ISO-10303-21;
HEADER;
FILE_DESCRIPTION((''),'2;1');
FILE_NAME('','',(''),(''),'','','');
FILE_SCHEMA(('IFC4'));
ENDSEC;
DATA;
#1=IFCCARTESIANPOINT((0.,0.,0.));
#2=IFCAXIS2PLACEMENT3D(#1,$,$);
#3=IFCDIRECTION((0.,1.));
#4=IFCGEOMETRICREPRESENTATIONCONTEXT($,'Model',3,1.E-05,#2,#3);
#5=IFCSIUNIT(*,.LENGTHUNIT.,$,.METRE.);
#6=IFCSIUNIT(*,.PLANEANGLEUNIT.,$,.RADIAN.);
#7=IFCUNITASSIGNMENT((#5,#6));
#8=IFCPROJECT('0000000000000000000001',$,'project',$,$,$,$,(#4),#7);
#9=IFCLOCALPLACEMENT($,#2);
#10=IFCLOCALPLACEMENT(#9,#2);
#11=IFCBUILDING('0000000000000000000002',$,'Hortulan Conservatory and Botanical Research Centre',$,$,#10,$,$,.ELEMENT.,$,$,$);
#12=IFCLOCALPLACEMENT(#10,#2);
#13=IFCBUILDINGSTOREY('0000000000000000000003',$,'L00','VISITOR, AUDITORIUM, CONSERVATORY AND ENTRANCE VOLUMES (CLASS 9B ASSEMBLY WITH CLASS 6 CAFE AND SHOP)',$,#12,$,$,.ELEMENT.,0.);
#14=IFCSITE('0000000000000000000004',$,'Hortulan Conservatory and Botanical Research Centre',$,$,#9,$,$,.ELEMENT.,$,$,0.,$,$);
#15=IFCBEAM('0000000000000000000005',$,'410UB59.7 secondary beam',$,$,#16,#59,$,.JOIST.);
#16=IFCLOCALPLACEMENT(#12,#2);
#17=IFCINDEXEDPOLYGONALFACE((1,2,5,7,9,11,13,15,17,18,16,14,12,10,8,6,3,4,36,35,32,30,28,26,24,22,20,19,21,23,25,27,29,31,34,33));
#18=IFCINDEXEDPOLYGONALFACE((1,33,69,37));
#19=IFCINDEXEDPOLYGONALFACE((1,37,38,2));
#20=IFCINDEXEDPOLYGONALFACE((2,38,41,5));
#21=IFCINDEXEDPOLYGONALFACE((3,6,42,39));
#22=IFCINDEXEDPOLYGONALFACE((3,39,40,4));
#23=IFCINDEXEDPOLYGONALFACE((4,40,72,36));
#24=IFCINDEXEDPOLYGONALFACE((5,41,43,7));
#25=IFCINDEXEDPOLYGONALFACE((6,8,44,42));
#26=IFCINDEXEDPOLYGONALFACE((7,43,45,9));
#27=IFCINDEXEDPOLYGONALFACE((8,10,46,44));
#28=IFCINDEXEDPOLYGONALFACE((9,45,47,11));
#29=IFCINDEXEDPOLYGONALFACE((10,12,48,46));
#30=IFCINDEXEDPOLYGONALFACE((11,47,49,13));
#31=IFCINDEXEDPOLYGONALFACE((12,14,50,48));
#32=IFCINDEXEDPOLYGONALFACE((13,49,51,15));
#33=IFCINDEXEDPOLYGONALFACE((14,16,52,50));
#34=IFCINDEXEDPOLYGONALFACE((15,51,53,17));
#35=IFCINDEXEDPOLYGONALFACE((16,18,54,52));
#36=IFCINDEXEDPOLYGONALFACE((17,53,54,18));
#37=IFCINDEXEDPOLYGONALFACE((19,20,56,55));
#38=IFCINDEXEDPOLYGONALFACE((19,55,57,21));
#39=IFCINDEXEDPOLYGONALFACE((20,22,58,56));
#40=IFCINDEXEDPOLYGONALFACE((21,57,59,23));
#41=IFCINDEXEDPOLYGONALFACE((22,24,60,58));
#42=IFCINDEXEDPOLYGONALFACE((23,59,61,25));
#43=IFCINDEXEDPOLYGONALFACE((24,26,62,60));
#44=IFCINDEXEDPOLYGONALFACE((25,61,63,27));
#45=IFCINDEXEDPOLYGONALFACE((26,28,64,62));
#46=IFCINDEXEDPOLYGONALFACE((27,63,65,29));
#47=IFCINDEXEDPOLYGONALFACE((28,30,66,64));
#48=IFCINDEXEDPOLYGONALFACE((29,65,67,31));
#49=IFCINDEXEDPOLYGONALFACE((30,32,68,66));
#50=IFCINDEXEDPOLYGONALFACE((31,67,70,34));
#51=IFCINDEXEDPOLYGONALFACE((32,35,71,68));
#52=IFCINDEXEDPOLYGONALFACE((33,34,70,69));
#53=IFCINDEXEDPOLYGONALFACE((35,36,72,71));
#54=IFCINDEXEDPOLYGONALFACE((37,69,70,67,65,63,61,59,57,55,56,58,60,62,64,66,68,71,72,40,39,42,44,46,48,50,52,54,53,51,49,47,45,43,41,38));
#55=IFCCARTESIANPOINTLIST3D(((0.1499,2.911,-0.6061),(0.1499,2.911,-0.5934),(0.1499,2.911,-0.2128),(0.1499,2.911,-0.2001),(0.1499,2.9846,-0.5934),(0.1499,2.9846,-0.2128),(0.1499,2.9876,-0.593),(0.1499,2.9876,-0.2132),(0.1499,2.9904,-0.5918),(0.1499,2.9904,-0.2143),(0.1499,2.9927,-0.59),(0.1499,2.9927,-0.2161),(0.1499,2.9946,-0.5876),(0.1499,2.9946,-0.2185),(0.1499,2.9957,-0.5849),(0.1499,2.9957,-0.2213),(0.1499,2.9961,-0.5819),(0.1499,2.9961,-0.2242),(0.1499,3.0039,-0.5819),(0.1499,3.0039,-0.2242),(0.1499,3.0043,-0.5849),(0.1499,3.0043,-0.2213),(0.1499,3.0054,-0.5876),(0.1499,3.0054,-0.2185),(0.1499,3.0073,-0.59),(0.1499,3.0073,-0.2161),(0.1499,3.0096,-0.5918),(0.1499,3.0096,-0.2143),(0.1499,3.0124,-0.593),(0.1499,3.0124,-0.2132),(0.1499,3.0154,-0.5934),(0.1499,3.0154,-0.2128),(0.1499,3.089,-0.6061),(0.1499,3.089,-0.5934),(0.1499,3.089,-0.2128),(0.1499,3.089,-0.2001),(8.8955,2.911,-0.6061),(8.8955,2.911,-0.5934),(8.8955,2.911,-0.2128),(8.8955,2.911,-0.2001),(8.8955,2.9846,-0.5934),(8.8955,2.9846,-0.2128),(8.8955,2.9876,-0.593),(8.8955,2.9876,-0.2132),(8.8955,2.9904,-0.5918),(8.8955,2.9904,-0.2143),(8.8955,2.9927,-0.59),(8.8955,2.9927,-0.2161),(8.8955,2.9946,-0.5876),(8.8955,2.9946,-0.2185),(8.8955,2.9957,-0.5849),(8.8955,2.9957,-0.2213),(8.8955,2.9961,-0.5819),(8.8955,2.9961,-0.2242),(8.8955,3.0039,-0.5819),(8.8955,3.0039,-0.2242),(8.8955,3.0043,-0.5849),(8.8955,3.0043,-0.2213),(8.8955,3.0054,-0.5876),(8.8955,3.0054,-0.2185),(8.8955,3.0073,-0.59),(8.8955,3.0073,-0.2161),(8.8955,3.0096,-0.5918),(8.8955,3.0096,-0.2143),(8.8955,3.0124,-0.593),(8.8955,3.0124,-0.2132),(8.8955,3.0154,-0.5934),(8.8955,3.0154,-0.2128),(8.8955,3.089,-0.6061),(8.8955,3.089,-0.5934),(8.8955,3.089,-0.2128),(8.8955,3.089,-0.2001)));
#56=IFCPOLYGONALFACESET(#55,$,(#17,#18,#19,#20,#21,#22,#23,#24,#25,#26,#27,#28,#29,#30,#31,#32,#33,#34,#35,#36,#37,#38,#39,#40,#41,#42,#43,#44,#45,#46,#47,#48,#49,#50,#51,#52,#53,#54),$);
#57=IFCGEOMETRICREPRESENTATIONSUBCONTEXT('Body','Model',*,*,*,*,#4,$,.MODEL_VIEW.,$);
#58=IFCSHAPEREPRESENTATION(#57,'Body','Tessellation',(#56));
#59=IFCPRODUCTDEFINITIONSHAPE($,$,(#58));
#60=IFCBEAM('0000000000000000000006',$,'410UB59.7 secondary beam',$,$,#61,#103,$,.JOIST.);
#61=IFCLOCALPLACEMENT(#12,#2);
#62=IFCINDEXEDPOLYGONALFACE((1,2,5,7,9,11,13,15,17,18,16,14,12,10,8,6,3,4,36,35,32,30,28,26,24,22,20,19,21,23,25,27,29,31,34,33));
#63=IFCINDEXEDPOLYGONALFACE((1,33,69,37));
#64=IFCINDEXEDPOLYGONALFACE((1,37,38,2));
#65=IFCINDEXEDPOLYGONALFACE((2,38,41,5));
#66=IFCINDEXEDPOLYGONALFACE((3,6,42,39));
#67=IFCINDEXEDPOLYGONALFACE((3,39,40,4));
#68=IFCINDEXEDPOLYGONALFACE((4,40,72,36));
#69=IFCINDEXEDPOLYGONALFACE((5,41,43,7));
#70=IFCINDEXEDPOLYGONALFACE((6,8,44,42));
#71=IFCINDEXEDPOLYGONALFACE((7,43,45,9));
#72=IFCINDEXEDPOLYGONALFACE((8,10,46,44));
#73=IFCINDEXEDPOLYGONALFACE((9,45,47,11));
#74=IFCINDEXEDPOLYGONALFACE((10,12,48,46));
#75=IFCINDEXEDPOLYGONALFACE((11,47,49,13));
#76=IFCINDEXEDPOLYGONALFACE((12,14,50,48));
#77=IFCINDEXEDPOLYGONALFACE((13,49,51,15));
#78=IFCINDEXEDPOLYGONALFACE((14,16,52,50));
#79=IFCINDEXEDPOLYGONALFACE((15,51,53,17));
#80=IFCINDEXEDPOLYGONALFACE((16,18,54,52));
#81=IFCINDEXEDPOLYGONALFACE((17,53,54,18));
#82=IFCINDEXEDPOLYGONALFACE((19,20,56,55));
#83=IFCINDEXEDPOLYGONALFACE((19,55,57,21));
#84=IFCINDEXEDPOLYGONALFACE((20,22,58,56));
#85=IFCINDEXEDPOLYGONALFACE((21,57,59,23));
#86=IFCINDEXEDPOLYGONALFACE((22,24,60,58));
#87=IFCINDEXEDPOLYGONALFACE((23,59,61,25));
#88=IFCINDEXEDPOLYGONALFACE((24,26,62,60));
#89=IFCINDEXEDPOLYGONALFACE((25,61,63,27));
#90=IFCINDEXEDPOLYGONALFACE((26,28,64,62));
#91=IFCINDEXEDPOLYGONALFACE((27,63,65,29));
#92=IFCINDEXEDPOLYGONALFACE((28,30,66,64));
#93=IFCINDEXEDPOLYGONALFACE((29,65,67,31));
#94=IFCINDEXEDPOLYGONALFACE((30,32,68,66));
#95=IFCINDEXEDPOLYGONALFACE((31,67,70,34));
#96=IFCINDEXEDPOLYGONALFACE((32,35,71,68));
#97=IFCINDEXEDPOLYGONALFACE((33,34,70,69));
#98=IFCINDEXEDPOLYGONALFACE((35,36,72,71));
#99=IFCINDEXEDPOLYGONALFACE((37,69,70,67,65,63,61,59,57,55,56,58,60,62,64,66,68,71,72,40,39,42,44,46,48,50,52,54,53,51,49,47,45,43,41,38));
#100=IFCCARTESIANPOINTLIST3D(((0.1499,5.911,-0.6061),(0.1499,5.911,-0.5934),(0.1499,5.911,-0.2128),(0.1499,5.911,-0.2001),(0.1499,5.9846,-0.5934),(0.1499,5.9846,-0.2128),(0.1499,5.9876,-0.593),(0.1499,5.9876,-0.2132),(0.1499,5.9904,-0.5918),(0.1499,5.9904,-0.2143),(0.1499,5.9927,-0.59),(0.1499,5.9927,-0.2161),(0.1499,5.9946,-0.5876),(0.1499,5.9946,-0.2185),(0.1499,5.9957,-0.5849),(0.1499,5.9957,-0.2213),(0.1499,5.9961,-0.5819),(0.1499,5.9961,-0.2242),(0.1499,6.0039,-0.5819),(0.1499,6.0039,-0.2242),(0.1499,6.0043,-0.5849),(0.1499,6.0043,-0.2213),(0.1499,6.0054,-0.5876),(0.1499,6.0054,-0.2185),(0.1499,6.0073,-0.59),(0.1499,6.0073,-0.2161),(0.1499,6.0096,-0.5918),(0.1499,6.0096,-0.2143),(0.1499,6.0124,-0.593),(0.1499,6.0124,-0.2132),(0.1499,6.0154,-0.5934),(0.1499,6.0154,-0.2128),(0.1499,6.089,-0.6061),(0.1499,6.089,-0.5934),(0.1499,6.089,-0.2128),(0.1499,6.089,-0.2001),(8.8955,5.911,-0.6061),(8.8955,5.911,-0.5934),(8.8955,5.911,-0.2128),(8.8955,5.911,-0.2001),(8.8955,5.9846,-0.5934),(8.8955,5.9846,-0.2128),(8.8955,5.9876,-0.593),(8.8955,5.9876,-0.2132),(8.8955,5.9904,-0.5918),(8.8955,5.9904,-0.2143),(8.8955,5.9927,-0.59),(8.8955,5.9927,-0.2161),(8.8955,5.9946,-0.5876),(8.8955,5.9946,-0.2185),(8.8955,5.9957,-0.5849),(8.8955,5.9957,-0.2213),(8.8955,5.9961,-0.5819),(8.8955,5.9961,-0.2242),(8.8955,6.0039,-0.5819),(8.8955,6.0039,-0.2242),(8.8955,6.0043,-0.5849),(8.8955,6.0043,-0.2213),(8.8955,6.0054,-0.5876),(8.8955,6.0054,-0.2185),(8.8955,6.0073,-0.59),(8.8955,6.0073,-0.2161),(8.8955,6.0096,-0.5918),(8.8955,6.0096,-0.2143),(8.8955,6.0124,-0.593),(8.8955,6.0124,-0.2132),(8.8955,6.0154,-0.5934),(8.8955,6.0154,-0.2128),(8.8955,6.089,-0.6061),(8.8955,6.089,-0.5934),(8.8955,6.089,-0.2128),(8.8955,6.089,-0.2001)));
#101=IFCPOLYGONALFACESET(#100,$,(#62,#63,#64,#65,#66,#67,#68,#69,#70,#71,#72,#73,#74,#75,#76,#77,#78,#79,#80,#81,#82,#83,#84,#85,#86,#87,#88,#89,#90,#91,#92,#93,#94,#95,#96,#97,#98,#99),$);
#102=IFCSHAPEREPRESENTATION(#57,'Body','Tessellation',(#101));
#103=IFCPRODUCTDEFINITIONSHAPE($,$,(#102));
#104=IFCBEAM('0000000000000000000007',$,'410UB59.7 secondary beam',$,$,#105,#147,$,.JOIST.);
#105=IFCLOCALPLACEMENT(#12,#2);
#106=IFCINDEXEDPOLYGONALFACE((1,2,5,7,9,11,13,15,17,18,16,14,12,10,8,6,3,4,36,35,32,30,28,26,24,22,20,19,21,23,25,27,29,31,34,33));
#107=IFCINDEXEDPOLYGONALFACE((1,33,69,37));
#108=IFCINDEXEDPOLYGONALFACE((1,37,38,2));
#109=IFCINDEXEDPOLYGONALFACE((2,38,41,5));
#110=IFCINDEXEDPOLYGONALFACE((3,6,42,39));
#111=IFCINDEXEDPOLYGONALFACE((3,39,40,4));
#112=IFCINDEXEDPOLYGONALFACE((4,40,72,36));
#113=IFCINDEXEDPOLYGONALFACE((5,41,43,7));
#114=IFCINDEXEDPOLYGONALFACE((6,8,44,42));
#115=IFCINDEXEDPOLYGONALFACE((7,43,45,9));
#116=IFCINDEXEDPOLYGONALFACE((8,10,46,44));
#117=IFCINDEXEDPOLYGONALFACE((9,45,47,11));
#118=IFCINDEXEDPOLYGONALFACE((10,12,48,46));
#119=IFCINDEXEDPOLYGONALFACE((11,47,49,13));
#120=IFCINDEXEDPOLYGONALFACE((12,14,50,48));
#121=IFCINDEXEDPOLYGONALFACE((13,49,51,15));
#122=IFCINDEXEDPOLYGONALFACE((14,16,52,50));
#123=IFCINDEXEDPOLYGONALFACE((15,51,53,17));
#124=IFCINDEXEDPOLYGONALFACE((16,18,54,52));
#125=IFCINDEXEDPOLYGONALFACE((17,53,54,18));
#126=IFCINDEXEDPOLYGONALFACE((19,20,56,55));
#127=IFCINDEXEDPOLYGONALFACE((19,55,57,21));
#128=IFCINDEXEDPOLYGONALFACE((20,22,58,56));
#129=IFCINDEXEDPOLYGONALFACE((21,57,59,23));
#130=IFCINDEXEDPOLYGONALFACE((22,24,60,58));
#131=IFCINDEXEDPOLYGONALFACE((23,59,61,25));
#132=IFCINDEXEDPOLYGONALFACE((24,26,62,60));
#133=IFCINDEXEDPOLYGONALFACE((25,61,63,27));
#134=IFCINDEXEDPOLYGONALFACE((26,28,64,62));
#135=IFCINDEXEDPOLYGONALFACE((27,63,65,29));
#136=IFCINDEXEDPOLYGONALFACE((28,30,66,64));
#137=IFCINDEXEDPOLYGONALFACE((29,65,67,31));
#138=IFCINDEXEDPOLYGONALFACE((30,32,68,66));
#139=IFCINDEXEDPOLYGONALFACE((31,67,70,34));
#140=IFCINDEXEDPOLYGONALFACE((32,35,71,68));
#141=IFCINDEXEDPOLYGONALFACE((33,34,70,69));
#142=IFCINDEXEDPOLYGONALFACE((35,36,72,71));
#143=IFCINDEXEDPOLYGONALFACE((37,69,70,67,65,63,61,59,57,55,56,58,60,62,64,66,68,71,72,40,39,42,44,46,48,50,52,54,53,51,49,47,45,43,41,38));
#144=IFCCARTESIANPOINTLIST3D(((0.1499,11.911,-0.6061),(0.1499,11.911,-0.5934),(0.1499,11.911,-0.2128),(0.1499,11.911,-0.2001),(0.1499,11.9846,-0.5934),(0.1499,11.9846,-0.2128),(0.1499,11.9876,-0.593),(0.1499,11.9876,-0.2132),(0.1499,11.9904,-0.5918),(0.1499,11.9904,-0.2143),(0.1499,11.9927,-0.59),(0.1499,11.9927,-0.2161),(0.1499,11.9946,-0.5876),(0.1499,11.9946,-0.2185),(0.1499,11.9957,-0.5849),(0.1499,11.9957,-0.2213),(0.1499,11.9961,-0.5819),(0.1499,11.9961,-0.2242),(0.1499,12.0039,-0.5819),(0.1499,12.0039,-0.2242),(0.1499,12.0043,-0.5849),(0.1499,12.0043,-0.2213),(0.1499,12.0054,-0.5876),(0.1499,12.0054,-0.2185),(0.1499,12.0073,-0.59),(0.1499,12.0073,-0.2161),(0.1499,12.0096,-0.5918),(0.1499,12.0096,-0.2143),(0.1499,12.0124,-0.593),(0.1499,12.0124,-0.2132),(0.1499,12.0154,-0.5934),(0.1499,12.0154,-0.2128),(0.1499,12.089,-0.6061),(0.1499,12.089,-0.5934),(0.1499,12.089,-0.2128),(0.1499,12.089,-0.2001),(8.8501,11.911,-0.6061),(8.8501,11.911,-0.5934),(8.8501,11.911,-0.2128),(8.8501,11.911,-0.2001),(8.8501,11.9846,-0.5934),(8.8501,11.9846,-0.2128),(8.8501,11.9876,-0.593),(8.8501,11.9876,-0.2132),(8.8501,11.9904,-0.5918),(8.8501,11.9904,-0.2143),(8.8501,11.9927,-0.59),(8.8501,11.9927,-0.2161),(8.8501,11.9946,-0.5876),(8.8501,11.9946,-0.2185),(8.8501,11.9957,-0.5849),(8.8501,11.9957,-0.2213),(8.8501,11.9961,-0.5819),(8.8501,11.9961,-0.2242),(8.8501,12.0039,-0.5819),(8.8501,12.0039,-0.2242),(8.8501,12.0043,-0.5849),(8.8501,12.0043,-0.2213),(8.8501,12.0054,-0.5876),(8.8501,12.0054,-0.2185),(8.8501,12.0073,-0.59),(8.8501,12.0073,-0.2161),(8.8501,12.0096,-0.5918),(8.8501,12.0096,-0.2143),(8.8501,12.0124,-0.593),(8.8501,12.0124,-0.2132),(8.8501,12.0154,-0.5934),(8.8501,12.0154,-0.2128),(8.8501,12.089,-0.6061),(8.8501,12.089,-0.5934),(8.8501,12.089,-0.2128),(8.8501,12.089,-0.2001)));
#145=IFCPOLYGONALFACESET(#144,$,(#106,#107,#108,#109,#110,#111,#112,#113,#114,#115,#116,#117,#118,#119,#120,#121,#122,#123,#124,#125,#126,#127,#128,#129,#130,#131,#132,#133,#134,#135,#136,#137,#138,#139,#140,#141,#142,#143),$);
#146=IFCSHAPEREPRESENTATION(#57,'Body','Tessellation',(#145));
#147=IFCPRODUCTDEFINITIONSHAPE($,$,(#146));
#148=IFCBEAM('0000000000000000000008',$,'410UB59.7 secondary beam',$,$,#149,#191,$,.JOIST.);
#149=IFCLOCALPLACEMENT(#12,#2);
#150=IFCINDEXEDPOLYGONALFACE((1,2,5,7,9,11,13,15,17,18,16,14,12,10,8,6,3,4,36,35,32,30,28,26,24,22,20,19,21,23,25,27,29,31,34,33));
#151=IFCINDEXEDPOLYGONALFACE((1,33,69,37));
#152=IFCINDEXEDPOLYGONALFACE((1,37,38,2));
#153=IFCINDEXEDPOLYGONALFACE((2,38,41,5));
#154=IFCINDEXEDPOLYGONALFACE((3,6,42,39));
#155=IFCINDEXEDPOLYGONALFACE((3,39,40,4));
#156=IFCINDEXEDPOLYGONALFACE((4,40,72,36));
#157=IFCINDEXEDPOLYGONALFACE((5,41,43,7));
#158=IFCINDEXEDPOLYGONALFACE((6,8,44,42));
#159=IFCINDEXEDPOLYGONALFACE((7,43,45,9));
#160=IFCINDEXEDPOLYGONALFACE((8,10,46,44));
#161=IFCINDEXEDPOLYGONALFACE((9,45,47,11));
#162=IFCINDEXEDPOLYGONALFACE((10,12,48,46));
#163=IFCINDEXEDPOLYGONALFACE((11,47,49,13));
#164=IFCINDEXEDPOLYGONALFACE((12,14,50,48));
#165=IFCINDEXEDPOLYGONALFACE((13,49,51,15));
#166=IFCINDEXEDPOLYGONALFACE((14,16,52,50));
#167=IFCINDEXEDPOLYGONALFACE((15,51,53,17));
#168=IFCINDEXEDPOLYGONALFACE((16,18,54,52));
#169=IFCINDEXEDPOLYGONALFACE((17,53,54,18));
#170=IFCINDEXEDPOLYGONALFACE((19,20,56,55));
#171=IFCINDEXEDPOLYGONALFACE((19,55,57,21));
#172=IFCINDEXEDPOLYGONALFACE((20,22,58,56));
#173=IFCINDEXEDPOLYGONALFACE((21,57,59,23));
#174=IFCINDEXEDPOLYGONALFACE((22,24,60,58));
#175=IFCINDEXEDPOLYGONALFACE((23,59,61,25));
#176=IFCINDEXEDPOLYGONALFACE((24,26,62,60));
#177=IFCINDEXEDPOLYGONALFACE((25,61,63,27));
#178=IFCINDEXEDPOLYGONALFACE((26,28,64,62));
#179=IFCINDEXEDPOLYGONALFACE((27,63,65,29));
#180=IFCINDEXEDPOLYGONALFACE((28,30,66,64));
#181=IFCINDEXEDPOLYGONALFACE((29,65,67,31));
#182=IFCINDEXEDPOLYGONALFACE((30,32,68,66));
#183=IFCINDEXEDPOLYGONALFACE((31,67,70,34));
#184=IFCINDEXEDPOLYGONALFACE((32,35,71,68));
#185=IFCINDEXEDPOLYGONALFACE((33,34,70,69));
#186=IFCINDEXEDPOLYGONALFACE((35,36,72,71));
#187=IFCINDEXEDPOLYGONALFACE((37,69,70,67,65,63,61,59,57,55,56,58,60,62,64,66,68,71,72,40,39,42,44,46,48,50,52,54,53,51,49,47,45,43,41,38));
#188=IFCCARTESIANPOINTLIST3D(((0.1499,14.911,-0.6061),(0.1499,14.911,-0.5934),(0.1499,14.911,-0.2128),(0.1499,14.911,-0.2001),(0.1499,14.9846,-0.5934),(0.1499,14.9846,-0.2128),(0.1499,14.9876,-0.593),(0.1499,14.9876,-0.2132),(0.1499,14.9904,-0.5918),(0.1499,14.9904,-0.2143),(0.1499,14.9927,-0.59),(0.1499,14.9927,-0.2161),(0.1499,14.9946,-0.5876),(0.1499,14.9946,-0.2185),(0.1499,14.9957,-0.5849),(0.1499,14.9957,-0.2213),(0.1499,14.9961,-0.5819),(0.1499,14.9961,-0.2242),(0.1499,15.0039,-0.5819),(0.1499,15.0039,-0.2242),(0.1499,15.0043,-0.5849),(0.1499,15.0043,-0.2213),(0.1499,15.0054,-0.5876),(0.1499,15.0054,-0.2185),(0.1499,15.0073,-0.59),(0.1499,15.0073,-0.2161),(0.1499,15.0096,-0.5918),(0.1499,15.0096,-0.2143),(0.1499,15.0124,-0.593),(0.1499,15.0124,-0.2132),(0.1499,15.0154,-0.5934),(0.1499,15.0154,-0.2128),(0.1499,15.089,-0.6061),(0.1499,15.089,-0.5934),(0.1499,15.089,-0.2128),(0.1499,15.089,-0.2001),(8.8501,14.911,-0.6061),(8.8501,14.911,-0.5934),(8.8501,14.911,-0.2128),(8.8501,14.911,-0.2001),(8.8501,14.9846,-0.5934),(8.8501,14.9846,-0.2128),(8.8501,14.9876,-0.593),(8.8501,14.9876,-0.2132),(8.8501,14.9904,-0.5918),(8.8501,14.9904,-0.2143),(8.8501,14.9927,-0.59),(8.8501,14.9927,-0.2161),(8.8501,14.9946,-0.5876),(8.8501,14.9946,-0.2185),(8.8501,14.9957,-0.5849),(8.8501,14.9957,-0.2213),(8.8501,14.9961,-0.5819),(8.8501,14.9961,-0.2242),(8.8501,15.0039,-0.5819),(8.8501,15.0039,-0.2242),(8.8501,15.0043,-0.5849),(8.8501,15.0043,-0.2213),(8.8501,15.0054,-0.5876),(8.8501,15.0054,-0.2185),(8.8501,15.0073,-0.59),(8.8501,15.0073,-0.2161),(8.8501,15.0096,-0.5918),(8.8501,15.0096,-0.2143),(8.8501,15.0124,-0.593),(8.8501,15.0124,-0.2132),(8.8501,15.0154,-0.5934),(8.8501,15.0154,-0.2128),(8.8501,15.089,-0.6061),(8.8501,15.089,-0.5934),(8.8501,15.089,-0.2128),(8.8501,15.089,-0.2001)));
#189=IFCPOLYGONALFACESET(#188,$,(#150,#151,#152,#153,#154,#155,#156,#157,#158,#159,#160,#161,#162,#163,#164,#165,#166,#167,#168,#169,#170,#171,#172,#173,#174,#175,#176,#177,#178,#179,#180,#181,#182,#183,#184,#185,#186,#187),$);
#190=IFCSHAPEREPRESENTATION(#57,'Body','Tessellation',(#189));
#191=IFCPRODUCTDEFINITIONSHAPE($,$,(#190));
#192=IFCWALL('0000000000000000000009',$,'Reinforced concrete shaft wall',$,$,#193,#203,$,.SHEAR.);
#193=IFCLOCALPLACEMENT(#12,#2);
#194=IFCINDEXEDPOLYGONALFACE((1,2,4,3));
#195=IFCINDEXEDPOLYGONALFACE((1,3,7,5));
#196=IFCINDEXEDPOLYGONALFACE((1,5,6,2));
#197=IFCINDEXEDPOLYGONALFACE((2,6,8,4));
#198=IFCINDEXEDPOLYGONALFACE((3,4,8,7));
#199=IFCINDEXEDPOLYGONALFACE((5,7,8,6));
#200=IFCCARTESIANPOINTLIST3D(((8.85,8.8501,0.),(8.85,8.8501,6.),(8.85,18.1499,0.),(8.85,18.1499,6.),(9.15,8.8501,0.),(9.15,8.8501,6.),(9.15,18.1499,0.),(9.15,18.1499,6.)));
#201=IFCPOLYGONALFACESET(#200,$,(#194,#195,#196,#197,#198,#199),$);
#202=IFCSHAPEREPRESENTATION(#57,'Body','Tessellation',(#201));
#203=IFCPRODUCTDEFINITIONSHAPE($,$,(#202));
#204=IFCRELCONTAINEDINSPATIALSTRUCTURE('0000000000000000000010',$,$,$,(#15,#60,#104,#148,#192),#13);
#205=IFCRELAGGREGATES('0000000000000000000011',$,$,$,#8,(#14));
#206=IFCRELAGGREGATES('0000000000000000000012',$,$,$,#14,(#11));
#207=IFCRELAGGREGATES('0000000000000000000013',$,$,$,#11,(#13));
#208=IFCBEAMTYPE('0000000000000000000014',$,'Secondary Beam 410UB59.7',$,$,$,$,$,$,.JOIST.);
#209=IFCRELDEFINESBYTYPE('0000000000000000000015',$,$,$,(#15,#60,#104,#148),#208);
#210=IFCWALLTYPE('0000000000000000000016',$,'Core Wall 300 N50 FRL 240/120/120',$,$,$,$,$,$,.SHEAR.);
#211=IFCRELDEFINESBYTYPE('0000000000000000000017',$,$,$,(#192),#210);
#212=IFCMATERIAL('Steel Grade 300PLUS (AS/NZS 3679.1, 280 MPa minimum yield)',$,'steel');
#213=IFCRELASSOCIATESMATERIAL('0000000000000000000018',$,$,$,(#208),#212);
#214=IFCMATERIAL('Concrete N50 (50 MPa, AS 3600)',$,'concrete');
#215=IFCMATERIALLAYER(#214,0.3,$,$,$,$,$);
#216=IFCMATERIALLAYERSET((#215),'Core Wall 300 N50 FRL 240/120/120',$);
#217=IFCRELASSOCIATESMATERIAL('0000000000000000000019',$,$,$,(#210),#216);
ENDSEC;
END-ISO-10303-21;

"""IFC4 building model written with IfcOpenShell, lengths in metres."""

from ifc_helpers import new_model, si_unit, direction, frame, frame_2d, origin, origin_2d, place, context, subcontext, project, spatial, rectangle, i_section, extrude, material, layer, layer_set, material_profile, profile_set, type_object, element, save


model = new_model("IFC4")

# Units and contexts
model_context = context("Model", 3, precision=1e-05, world=origin(), true_north=direction((0.0, 1.0)))
body_context = subcontext(model_context, "Body", "Model", "MODEL_VIEW")
ifc_project = project(units=[si_unit("LENGTHUNIT", "METRE"), si_unit("PLANEANGLEUNIT", "RADIAN")], contexts=[model_context])

# Site, building, storey
site_placement = place(None, origin())
site = spatial("IfcSite", under=ifc_project, at=site_placement, Name="Hortulan Conservatory and Botanical Research Centre", CompositionType="ELEMENT", RefElevation=0.0)
building_placement = place(site_placement, origin())
building = spatial("IfcBuilding", under=site, at=building_placement, Name="Hortulan Conservatory and Botanical Research Centre", CompositionType="ELEMENT")
storey_placement = place(building_placement, origin())
storey = spatial("IfcBuildingStorey", under=building, at=storey_placement, Name="L00", Description="VISITOR, AUDITORIUM, CONSERVATORY AND ENTRANCE VOLUMES (CLASS 9B ASSEMBLY WITH CLASS 6 CAFE AND SHOP)", CompositionType="ELEMENT", Elevation=0.0)

# Beams
ifc_material_1 = material(Name="Steel Grade 300PLUS (AS/NZS 3679.1, 280 MPa minimum yield)", Category="steel")
ifc_material_profile_1 = material_profile(ifc_material_1, i_section(OverallWidth=0.178, OverallDepth=0.406, WebThickness=0.0078, FlangeThickness=0.0127, FilletRadius=0.0115, at=origin_2d()), Name="410UB59.7")
ifc_profile_set_1 = profile_set([ifc_material_profile_1], Name="Steel Grade 300PLUS (AS/NZS 3679.1, 280 MPa minimum yield)")
beam_type_1 = type_object("IfcBeamType", Name="Secondary Beam 410UB59.7", PredefinedType="JOIST", material=ifc_profile_set_1)
for number, where, z_axis, x_axis, name in (
    (1, (0.1499, 3.0, -0.4031), (1.0, 0.0, 0.0), (0.0, 1.0, 0.0), "410UB59.7 secondary beam"),
    (2, (0.1499, 6.0, -0.4031), (1.0, 0.0, 0.0), (0.0, 1.0, 0.0), "410UB59.7 secondary beam"),
):
    element("IfcBeam", number, at=place(storey_placement, frame(where, z_axis=z_axis, x_axis=x_axis)), inside=storey, type_object=beam_type_1, Name=name, PredefinedType="JOIST", context=body_context, shape_type="SweptSolid", body=[
        extrude(i_section(OverallWidth=0.178, OverallDepth=0.406, WebThickness=0.0078, FlangeThickness=0.0127, FilletRadius=0.0115, at=origin_2d()), origin(), (0.0, 0.0, 1.0), 8.7456),
    ])
for number, where, z_axis, x_axis, name in (
    (3, (0.1499, 12.0, -0.4031), (1.0, 0.0, 0.0), (0.0, 1.0, 0.0), "410UB59.7 secondary beam"),
    (4, (0.1499, 15.0, -0.4031), (1.0, 0.0, 0.0), (0.0, 1.0, 0.0), "410UB59.7 secondary beam"),
):
    element("IfcBeam", number, at=place(storey_placement, frame(where, z_axis=z_axis, x_axis=x_axis)), inside=storey, type_object=beam_type_1, Name=name, PredefinedType="JOIST", context=body_context, shape_type="SweptSolid", body=[
        extrude(i_section(OverallWidth=0.178, OverallDepth=0.406, WebThickness=0.0078, FlangeThickness=0.0127, FilletRadius=0.0115, at=origin_2d()), origin(), (0.0, 0.0, 1.0), 8.7002),
    ])

# Wall
ifc_material_2 = material(Name="Concrete N50 (50 MPa, AS 3600)", Category="concrete")
ifc_layer_1 = layer(ifc_material_2, 0.3)
ifc_layer_set_1 = layer_set([ifc_layer_1], Name="Core Wall 300 N50 FRL 240/120/120")
wall_type_1 = type_object("IfcWallType", Name="Core Wall 300 N50 FRL 240/120/120", PredefinedType="SHEAR", material=ifc_layer_set_1)
wall_1_placement = place(storey_placement, frame((9.0, 8.8501, 0.0), z_axis=(0.0, 0.0, 1.0), x_axis=(0.0, 1.0, 0.0)))
element("IfcWall", 5, at=wall_1_placement, inside=storey, type_object=wall_type_1, Name="Reinforced concrete shaft wall", PredefinedType="SHEAR", context=body_context, shape_type="SweptSolid", body=[
    extrude(rectangle(XDim=9.2998, YDim=0.3, at=frame_2d((4.6499, 0.0))), origin(), (0.0, 0.0, 1.0), 6.0),
])

save(model, "model.ifc")
